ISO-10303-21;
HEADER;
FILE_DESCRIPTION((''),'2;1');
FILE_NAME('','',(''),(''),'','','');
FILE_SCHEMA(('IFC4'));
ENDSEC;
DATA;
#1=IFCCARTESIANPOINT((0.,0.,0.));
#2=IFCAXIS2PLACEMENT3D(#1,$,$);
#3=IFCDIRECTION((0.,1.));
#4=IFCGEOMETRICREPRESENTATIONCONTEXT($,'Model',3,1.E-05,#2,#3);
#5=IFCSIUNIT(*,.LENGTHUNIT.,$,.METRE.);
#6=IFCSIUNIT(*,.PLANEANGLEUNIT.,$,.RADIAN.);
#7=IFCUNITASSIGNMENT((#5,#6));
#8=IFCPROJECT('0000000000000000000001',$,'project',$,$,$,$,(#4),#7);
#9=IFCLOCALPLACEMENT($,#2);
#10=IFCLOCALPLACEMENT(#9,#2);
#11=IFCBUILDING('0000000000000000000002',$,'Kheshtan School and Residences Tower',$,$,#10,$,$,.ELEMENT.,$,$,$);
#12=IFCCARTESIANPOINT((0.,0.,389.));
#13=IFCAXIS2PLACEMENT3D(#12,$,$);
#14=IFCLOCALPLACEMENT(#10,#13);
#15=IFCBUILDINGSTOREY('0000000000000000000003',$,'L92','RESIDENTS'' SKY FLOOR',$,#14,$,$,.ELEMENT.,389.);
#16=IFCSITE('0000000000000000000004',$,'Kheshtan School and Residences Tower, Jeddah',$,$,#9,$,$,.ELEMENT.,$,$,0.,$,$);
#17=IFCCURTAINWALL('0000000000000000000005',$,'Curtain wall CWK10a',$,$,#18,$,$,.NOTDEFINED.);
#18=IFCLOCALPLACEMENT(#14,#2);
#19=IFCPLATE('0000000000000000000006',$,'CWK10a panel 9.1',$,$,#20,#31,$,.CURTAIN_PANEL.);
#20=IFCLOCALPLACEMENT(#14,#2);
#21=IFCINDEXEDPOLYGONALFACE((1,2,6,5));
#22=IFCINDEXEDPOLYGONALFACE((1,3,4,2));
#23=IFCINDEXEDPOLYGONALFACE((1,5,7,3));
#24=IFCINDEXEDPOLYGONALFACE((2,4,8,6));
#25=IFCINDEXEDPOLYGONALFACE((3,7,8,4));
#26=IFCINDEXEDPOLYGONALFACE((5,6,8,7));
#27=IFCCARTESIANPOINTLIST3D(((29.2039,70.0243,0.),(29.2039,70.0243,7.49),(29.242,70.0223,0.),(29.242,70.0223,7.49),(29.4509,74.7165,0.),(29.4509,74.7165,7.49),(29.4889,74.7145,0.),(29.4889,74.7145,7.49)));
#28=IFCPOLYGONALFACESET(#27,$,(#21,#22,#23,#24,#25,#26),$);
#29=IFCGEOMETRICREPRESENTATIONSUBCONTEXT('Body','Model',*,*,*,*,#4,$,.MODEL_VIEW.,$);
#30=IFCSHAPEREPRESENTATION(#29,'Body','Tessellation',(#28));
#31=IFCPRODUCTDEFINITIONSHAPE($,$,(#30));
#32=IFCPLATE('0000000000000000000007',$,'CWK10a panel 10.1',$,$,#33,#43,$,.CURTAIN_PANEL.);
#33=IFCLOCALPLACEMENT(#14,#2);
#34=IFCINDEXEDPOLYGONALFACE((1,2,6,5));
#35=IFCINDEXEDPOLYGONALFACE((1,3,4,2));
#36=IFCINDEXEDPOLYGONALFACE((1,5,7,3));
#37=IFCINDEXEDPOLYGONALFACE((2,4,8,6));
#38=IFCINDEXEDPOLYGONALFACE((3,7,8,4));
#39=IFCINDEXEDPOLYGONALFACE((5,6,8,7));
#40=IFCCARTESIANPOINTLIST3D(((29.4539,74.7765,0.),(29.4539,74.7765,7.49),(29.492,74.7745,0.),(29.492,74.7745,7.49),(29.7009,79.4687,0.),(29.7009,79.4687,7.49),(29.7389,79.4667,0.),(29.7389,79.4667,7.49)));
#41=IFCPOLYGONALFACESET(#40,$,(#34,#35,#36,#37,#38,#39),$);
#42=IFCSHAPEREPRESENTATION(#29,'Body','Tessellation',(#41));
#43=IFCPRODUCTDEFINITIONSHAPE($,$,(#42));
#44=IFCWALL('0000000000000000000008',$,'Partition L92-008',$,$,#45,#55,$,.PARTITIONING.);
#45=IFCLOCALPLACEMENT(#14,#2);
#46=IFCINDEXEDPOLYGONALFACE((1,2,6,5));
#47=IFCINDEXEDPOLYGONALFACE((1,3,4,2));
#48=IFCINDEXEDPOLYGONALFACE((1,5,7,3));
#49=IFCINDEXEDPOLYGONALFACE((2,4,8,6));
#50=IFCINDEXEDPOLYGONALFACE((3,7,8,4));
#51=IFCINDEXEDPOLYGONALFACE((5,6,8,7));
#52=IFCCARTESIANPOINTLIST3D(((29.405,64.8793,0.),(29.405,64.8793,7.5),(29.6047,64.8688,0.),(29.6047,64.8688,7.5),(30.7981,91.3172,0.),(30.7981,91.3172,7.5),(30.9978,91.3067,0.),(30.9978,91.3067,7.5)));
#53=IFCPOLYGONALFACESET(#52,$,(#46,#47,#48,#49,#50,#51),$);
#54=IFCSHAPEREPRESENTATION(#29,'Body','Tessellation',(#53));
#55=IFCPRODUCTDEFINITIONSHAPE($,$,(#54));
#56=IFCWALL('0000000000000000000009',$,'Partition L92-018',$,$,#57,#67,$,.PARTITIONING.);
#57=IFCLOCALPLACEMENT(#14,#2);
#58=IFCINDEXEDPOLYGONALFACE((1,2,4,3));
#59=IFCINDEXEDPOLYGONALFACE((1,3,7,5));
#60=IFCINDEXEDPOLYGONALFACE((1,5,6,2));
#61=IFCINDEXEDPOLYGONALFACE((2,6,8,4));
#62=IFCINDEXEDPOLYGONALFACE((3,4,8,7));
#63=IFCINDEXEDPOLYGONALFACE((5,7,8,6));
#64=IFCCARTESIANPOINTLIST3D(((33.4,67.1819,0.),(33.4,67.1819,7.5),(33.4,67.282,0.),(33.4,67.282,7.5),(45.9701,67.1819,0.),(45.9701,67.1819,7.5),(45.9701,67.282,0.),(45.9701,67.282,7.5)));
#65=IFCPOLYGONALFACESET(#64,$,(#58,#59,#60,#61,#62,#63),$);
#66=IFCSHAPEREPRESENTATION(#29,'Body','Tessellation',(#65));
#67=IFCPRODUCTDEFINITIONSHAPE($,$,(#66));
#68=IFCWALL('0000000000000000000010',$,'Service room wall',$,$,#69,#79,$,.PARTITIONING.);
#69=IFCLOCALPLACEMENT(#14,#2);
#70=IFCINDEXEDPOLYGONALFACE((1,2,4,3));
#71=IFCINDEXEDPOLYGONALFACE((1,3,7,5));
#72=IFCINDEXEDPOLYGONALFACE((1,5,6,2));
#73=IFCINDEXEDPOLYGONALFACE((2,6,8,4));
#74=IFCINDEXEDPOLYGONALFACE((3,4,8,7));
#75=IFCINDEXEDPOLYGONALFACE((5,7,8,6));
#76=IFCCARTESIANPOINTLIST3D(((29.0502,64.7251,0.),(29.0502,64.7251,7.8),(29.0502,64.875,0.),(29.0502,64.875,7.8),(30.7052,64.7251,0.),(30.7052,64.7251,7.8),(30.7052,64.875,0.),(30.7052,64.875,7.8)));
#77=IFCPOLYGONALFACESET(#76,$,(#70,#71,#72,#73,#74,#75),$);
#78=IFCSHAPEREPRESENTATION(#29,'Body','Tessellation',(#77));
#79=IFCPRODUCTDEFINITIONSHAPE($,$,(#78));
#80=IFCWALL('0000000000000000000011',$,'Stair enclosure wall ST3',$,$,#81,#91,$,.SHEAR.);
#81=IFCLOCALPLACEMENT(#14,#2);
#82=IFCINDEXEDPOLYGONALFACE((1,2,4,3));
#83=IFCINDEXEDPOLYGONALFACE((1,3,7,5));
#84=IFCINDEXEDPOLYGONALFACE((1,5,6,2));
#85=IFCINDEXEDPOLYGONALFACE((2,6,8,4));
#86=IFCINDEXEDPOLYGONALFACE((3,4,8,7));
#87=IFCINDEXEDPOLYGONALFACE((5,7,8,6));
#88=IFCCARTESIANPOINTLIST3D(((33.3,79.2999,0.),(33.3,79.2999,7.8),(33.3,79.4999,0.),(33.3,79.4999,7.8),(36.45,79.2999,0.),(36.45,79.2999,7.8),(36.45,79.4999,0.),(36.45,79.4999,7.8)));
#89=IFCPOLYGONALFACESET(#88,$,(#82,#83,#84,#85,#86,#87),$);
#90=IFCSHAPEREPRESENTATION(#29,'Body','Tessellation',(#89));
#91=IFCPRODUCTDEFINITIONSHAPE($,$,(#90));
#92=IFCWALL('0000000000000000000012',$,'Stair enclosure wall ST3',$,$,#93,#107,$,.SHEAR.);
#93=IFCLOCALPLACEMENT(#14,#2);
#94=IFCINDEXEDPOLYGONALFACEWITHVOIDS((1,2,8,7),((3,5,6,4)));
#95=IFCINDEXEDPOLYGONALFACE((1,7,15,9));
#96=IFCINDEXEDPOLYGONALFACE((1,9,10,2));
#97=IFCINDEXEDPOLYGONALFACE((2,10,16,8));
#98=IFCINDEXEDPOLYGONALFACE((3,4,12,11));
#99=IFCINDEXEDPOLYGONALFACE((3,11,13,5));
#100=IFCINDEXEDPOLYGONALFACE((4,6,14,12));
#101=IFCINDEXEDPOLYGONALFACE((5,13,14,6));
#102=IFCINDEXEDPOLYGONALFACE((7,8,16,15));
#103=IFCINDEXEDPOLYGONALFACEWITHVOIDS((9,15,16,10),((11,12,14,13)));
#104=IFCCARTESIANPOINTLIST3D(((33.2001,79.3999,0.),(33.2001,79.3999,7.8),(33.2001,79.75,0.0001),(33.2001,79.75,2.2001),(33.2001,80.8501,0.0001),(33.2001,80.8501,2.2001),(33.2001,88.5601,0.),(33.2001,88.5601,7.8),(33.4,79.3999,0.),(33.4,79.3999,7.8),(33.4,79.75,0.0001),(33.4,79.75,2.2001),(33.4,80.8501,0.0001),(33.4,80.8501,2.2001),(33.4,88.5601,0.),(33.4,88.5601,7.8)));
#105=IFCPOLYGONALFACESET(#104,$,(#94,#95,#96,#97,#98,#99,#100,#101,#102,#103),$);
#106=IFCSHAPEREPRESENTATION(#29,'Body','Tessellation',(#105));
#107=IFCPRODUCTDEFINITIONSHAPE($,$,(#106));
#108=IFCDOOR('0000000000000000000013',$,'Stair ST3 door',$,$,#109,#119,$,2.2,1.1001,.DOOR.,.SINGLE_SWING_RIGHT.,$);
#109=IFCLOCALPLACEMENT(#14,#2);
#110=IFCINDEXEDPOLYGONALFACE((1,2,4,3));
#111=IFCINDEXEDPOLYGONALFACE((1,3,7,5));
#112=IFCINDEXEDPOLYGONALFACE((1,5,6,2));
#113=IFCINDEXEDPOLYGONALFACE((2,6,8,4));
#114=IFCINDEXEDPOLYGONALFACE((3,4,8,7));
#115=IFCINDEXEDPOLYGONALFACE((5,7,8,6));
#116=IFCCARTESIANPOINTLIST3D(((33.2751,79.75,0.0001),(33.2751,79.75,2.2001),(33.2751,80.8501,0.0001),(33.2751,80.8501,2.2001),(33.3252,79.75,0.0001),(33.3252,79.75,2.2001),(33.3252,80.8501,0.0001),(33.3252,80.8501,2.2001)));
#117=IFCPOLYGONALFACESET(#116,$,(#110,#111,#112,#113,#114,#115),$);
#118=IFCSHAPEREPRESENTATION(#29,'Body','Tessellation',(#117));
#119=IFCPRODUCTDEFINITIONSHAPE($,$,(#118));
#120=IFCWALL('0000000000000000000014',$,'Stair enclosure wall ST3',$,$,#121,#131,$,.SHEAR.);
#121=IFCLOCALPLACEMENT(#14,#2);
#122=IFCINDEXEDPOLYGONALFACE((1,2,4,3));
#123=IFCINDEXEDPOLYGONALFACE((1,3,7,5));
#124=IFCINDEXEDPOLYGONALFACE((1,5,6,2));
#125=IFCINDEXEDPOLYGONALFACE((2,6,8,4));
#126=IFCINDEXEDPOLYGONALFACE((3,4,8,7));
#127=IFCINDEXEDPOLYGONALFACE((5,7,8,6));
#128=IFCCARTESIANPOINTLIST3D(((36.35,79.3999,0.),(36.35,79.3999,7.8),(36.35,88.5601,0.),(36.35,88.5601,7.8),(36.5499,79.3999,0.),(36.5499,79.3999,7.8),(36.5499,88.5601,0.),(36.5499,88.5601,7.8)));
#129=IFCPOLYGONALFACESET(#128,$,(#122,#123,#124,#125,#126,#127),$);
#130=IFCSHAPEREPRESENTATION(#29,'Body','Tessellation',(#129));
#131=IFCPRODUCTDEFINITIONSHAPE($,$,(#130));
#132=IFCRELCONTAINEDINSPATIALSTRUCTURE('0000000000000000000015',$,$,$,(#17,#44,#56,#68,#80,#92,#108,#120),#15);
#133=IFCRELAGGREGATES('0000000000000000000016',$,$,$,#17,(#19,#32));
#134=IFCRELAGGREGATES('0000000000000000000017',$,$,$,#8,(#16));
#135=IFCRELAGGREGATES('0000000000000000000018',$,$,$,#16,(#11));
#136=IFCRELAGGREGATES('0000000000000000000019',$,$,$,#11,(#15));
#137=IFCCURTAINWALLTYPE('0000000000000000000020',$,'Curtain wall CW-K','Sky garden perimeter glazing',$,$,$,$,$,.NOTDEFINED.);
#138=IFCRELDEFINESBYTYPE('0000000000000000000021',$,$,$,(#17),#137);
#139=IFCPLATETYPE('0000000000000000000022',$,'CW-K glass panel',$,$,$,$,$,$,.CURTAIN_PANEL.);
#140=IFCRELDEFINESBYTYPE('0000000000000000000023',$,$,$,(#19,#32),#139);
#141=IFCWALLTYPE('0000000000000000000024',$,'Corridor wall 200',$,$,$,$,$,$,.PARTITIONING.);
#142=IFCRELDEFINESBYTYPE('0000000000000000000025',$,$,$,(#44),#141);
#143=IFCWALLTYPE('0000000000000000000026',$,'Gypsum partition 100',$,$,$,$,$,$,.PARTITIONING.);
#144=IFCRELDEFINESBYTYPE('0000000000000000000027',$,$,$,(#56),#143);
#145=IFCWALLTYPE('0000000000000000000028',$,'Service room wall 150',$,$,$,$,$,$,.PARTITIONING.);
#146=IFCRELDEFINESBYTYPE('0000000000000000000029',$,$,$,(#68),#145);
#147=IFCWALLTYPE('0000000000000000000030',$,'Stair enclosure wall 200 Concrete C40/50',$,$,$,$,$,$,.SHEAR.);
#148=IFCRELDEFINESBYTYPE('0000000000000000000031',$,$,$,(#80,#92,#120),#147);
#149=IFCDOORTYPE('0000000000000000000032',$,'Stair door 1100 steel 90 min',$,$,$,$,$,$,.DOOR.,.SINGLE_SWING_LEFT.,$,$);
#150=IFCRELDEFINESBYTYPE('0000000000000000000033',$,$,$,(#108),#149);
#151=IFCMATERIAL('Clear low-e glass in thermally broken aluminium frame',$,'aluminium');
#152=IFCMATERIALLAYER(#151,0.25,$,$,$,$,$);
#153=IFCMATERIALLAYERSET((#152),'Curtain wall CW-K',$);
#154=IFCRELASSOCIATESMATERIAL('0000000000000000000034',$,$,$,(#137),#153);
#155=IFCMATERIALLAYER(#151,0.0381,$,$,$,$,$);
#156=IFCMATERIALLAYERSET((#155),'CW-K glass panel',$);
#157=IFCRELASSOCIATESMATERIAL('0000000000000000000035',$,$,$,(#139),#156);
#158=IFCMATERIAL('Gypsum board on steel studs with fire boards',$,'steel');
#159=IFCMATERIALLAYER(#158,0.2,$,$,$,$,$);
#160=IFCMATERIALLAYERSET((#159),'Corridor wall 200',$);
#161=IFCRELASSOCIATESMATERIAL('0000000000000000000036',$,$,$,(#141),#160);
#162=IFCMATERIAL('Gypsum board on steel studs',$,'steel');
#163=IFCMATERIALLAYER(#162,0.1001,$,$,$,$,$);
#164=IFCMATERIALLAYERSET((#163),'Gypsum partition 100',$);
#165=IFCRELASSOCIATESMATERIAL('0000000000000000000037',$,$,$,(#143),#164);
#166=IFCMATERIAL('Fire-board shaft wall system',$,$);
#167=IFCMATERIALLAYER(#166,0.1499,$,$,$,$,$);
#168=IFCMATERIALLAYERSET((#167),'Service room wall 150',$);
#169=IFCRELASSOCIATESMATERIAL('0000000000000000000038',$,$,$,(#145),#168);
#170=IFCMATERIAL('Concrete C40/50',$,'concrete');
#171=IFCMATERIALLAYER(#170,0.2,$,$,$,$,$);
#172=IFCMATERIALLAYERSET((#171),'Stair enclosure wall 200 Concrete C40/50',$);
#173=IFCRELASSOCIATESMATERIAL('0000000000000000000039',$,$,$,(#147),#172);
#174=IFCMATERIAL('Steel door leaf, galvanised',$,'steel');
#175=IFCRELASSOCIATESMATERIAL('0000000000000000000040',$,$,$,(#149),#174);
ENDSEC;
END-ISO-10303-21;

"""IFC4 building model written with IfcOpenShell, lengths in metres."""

from ifc_helpers import new_model, si_unit, direction, frame, frame_2d, origin, origin_2d, place, context, subcontext, project, spatial, rectangle, extrude, source, transform, mapped, material, layer, layer_set, type_object, element, fill, aggregate, save


model = new_model("IFC4")

# Units and contexts
model_context = context("Model", 3, precision=1e-05, world=origin(), true_north=direction((0.0, 1.0)))
body_context = subcontext(model_context, "Body", "Model", "MODEL_VIEW")
ifc_project = project(units=[si_unit("LENGTHUNIT", "METRE"), si_unit("PLANEANGLEUNIT", "RADIAN")], contexts=[model_context])

# Site, building, storey
site_placement = place(None, origin())
site = spatial("IfcSite", under=ifc_project, at=site_placement, Name="Kheshtan School and Residences Tower, Jeddah", CompositionType="ELEMENT", RefElevation=0.0)
building_placement = place(site_placement, origin())
building = spatial("IfcBuilding", under=site, at=building_placement, Name="Kheshtan School and Residences Tower", CompositionType="ELEMENT")
storey_placement = place(building_placement, frame((0.0, 0.0, 389.0)))
storey = spatial("IfcBuildingStorey", under=building, at=storey_placement, Name="L92", Description="RESIDENTS' SKY FLOOR", CompositionType="ELEMENT", Elevation=389.0)

# Curtain wall, plates
ifc_material_1 = material(Name="Clear low-e glass in thermally broken aluminium frame", Category="aluminium")
ifc_layer_1 = layer(ifc_material_1, 0.25)
ifc_layer_set_1 = layer_set([ifc_layer_1], Name="Curtain wall CW-K")
curtain_wall_type = type_object("IfcCurtainWallType", Name="Curtain wall CW-K", Description="Sky garden perimeter glazing", PredefinedType="NOTDEFINED", material=ifc_layer_set_1)
curtain_wall_placement = place(storey_placement, origin())
curtain_wall = element("IfcCurtainWall", 1, at=curtain_wall_placement, inside=storey, type_object=curtain_wall_type, Name="Curtain wall CWK10a", PredefinedType="NOTDEFINED")
ifc_layer_2 = layer(ifc_material_1, 0.0381)
ifc_layer_set_2 = layer_set([ifc_layer_2], Name="CW-K glass panel")
plate_type = type_object("IfcPlateType", Name="CW-K glass panel", PredefinedType="CURTAIN_PANEL", material=ifc_layer_set_2)
plate_1_placement = place(storey_placement, frame((29.3464, 72.3694, 0.0), z_axis=(0.0, 0.0, 1.0), x_axis=(0.052565, 0.998617, 0.0)))
plate_1 = element("IfcPlate", 2, at=plate_1_placement, type_object=plate_type, Name="CWK10a panel 9.1", PredefinedType="CURTAIN_PANEL", context=body_context, shape_type="SweptSolid", body=[
    extrude(rectangle(XDim=4.6987, YDim=0.0381, at=origin_2d()), origin(), (0.0, 0.0, 1.0), 7.49),
])
plate_2_placement = place(storey_placement, frame((29.5964, 77.1216, 0.0), z_axis=(0.0, 0.0, 1.0), x_axis=(0.052565, 0.998617, 0.0)))
plate_2 = element("IfcPlate", 3, at=plate_2_placement, type_object=plate_type, Name="CWK10a panel 10.1", PredefinedType="CURTAIN_PANEL", context=body_context, shape_type="SweptSolid", body=[
    extrude(rectangle(XDim=4.6987, YDim=0.0381, at=origin_2d()), origin(), (0.0, 0.0, 1.0), 7.49),
])
aggregate(curtain_wall, [plate_1, plate_2])

# Walls
ifc_material_2 = material(Name="Gypsum board on steel studs with fire boards", Category="steel")
ifc_layer_3 = layer(ifc_material_2, 0.2)
ifc_layer_set_3 = layer_set([ifc_layer_3], Name="Corridor wall 200")
wall_type_1 = type_object("IfcWallType", Name="Corridor wall 200", PredefinedType="PARTITIONING", material=ifc_layer_set_3)
wall_1_placement = place(storey_placement, frame((29.5049, 64.874, 0.0), z_axis=(0.0, 0.0, 1.0), x_axis=(0.052619, 0.998615, 0.0)))
element("IfcWall", 4, at=wall_1_placement, inside=storey, type_object=wall_type_1, Name="Partition L92-008", PredefinedType="PARTITIONING", context=body_context, shape_type="SweptSolid", body=[
    extrude(rectangle(XDim=26.4746, YDim=0.2, at=frame_2d((13.2373, 0.0))), origin(), (0.0, 0.0, 1.0), 7.5),
])
ifc_material_3 = material(Name="Gypsum board on steel studs", Category="steel")
ifc_layer_4 = layer(ifc_material_3, 0.1001)
ifc_layer_set_4 = layer_set([ifc_layer_4], Name="Gypsum partition 100")
wall_type_2 = type_object("IfcWallType", Name="Gypsum partition 100", PredefinedType="PARTITIONING", material=ifc_layer_set_4)
wall_2_placement = place(storey_placement, frame((33.3999, 67.2319, 0.0), z_axis=(0.0, 0.0, 1.0), x_axis=(1.0, 0.0, 0.0)))
element("IfcWall", 5, at=wall_2_placement, inside=storey, type_object=wall_type_2, Name="Partition L92-018", PredefinedType="PARTITIONING", context=body_context, shape_type="SweptSolid", body=[
    extrude(rectangle(XDim=12.5701, YDim=0.1001, at=frame_2d((6.2852, 0.0))), origin(), (0.0, 0.0, 1.0), 7.5),
])
ifc_material_4 = material(Name="Fire-board shaft wall system")
ifc_layer_5 = layer(ifc_material_4, 0.1499)
ifc_layer_set_5 = layer_set([ifc_layer_5], Name="Service room wall 150")
wall_type_3 = type_object("IfcWallType", Name="Service room wall 150", PredefinedType="PARTITIONING", material=ifc_layer_set_5)
wall_3_placement = place(storey_placement, frame((29.05, 64.8, 0.0), z_axis=(0.0, 0.0, 1.0), x_axis=(1.0, 0.0, 0.0)))
element("IfcWall", 6, at=wall_3_placement, inside=storey, type_object=wall_type_3, Name="Service room wall", PredefinedType="PARTITIONING", context=body_context, shape_type="SweptSolid", body=[
    extrude(rectangle(XDim=1.655, YDim=0.1499, at=frame_2d((0.8276, 0.0))), origin(), (0.0, 0.0, 1.0), 7.8),
])
ifc_material_5 = material(Name="Concrete C40/50", Category="concrete")
ifc_layer_6 = layer(ifc_material_5, 0.2)
ifc_layer_set_6 = layer_set([ifc_layer_6], Name="Stair enclosure wall 200 Concrete C40/50")
wall_type_4 = type_object("IfcWallType", Name="Stair enclosure wall 200 Concrete C40/50", PredefinedType="SHEAR", material=ifc_layer_set_6)
wall_4_placement = place(storey_placement, frame((33.3, 79.3999, 0.0), z_axis=(0.0, 0.0, 1.0), x_axis=(1.0, 0.0, 0.0)))
element("IfcWall", 7, at=wall_4_placement, inside=storey, type_object=wall_type_4, Name="Stair enclosure wall ST3", PredefinedType="SHEAR", context=body_context, shape_type="SweptSolid", body=[
    extrude(rectangle(XDim=3.1499, YDim=0.2, at=frame_2d((1.575, 0.0))), origin(), (0.0, 0.0, 1.0), 7.8),
])

# Wall, opening, door
wall_5_placement = place(storey_placement, frame((33.3, 79.3999, 0.0), z_axis=(0.0, 0.0, 1.0), x_axis=(0.0, 1.0, 0.0)))
wall_5 = element("IfcWall", 8, at=wall_5_placement, inside=storey, type_object=wall_type_4, Name="Stair enclosure wall ST3", PredefinedType="SHEAR", context=body_context, shape_type="SweptSolid", body=[
    extrude(rectangle(XDim=9.1602, YDim=0.2, at=frame_2d((4.5801, 0.0))), origin(), (0.0, 0.0, 1.0), 7.8),
])
opening_placement = place(wall_5_placement, frame((0.3501, 0.0, 0.0)))
opening = element("IfcOpeningElement", 9, at=opening_placement, cuts=wall_5, PredefinedType="OPENING", context=body_context, shape_type="SweptSolid", body=[
    extrude(rectangle(XDim=1.1001, YDim=2.2, at=frame_2d((0.55, 1.1001))), frame((0.0, 0.1099, 0.0), z_axis=(0.0, -1.0, 0.0), x_axis=(1.0, 0.0, 0.0)), (0.0, 0.0, 1.0), 0.22),
])
ifc_material_6 = material(Name="Steel door leaf, galvanised", Category="steel")
door_type = type_object("IfcDoorType", Name="Stair door 1100 steel 90 min", OperationType="SINGLE_SWING_LEFT", PredefinedType="DOOR", material=ifc_material_6)
shared_shape = source(origin(), body_context, "Body", "SweptSolid", [
    extrude(rectangle(XDim=1.1001, YDim=2.2, at=frame_2d((0.55, 1.1001))), frame((0.0, 0.0249, 0.0), z_axis=(0.0, -1.0, 0.0), x_axis=(1.0, 0.0, 0.0)), (0.0, 0.0, 1.0), 0.05),
])
door_placement = place(opening_placement, origin())
door = element("IfcDoor", 10, at=door_placement, inside=storey, type_object=door_type, Name="Stair ST3 door", OperationType="SINGLE_SWING_RIGHT", OverallHeight=2.2, OverallWidth=1.1001, PredefinedType="DOOR", context=body_context, shape_type="MappedRepresentation", body=[
    mapped(shared_shape, transform((0.0, 0.0, 0.0), x_axis=(1.0, 0.0, 0.0), y_axis=(0.0, 1.0, 0.0), z_axis=(0.0, 0.0, 1.0), scale=1.0)),
])
fill(opening, door)

# Wall
wall_6_placement = place(storey_placement, frame((36.45, 79.3999, 0.0), z_axis=(0.0, 0.0, 1.0), x_axis=(0.0, 1.0, 0.0)))
element("IfcWall", 11, at=wall_6_placement, inside=storey, type_object=wall_type_4, Name="Stair enclosure wall ST3", PredefinedType="SHEAR", context=body_context, shape_type="SweptSolid", body=[
    extrude(rectangle(XDim=9.1602, YDim=0.2, at=frame_2d((4.5801, 0.0))), origin(), (0.0, 0.0, 1.0), 7.8),
])

save(model, "model.ifc")
